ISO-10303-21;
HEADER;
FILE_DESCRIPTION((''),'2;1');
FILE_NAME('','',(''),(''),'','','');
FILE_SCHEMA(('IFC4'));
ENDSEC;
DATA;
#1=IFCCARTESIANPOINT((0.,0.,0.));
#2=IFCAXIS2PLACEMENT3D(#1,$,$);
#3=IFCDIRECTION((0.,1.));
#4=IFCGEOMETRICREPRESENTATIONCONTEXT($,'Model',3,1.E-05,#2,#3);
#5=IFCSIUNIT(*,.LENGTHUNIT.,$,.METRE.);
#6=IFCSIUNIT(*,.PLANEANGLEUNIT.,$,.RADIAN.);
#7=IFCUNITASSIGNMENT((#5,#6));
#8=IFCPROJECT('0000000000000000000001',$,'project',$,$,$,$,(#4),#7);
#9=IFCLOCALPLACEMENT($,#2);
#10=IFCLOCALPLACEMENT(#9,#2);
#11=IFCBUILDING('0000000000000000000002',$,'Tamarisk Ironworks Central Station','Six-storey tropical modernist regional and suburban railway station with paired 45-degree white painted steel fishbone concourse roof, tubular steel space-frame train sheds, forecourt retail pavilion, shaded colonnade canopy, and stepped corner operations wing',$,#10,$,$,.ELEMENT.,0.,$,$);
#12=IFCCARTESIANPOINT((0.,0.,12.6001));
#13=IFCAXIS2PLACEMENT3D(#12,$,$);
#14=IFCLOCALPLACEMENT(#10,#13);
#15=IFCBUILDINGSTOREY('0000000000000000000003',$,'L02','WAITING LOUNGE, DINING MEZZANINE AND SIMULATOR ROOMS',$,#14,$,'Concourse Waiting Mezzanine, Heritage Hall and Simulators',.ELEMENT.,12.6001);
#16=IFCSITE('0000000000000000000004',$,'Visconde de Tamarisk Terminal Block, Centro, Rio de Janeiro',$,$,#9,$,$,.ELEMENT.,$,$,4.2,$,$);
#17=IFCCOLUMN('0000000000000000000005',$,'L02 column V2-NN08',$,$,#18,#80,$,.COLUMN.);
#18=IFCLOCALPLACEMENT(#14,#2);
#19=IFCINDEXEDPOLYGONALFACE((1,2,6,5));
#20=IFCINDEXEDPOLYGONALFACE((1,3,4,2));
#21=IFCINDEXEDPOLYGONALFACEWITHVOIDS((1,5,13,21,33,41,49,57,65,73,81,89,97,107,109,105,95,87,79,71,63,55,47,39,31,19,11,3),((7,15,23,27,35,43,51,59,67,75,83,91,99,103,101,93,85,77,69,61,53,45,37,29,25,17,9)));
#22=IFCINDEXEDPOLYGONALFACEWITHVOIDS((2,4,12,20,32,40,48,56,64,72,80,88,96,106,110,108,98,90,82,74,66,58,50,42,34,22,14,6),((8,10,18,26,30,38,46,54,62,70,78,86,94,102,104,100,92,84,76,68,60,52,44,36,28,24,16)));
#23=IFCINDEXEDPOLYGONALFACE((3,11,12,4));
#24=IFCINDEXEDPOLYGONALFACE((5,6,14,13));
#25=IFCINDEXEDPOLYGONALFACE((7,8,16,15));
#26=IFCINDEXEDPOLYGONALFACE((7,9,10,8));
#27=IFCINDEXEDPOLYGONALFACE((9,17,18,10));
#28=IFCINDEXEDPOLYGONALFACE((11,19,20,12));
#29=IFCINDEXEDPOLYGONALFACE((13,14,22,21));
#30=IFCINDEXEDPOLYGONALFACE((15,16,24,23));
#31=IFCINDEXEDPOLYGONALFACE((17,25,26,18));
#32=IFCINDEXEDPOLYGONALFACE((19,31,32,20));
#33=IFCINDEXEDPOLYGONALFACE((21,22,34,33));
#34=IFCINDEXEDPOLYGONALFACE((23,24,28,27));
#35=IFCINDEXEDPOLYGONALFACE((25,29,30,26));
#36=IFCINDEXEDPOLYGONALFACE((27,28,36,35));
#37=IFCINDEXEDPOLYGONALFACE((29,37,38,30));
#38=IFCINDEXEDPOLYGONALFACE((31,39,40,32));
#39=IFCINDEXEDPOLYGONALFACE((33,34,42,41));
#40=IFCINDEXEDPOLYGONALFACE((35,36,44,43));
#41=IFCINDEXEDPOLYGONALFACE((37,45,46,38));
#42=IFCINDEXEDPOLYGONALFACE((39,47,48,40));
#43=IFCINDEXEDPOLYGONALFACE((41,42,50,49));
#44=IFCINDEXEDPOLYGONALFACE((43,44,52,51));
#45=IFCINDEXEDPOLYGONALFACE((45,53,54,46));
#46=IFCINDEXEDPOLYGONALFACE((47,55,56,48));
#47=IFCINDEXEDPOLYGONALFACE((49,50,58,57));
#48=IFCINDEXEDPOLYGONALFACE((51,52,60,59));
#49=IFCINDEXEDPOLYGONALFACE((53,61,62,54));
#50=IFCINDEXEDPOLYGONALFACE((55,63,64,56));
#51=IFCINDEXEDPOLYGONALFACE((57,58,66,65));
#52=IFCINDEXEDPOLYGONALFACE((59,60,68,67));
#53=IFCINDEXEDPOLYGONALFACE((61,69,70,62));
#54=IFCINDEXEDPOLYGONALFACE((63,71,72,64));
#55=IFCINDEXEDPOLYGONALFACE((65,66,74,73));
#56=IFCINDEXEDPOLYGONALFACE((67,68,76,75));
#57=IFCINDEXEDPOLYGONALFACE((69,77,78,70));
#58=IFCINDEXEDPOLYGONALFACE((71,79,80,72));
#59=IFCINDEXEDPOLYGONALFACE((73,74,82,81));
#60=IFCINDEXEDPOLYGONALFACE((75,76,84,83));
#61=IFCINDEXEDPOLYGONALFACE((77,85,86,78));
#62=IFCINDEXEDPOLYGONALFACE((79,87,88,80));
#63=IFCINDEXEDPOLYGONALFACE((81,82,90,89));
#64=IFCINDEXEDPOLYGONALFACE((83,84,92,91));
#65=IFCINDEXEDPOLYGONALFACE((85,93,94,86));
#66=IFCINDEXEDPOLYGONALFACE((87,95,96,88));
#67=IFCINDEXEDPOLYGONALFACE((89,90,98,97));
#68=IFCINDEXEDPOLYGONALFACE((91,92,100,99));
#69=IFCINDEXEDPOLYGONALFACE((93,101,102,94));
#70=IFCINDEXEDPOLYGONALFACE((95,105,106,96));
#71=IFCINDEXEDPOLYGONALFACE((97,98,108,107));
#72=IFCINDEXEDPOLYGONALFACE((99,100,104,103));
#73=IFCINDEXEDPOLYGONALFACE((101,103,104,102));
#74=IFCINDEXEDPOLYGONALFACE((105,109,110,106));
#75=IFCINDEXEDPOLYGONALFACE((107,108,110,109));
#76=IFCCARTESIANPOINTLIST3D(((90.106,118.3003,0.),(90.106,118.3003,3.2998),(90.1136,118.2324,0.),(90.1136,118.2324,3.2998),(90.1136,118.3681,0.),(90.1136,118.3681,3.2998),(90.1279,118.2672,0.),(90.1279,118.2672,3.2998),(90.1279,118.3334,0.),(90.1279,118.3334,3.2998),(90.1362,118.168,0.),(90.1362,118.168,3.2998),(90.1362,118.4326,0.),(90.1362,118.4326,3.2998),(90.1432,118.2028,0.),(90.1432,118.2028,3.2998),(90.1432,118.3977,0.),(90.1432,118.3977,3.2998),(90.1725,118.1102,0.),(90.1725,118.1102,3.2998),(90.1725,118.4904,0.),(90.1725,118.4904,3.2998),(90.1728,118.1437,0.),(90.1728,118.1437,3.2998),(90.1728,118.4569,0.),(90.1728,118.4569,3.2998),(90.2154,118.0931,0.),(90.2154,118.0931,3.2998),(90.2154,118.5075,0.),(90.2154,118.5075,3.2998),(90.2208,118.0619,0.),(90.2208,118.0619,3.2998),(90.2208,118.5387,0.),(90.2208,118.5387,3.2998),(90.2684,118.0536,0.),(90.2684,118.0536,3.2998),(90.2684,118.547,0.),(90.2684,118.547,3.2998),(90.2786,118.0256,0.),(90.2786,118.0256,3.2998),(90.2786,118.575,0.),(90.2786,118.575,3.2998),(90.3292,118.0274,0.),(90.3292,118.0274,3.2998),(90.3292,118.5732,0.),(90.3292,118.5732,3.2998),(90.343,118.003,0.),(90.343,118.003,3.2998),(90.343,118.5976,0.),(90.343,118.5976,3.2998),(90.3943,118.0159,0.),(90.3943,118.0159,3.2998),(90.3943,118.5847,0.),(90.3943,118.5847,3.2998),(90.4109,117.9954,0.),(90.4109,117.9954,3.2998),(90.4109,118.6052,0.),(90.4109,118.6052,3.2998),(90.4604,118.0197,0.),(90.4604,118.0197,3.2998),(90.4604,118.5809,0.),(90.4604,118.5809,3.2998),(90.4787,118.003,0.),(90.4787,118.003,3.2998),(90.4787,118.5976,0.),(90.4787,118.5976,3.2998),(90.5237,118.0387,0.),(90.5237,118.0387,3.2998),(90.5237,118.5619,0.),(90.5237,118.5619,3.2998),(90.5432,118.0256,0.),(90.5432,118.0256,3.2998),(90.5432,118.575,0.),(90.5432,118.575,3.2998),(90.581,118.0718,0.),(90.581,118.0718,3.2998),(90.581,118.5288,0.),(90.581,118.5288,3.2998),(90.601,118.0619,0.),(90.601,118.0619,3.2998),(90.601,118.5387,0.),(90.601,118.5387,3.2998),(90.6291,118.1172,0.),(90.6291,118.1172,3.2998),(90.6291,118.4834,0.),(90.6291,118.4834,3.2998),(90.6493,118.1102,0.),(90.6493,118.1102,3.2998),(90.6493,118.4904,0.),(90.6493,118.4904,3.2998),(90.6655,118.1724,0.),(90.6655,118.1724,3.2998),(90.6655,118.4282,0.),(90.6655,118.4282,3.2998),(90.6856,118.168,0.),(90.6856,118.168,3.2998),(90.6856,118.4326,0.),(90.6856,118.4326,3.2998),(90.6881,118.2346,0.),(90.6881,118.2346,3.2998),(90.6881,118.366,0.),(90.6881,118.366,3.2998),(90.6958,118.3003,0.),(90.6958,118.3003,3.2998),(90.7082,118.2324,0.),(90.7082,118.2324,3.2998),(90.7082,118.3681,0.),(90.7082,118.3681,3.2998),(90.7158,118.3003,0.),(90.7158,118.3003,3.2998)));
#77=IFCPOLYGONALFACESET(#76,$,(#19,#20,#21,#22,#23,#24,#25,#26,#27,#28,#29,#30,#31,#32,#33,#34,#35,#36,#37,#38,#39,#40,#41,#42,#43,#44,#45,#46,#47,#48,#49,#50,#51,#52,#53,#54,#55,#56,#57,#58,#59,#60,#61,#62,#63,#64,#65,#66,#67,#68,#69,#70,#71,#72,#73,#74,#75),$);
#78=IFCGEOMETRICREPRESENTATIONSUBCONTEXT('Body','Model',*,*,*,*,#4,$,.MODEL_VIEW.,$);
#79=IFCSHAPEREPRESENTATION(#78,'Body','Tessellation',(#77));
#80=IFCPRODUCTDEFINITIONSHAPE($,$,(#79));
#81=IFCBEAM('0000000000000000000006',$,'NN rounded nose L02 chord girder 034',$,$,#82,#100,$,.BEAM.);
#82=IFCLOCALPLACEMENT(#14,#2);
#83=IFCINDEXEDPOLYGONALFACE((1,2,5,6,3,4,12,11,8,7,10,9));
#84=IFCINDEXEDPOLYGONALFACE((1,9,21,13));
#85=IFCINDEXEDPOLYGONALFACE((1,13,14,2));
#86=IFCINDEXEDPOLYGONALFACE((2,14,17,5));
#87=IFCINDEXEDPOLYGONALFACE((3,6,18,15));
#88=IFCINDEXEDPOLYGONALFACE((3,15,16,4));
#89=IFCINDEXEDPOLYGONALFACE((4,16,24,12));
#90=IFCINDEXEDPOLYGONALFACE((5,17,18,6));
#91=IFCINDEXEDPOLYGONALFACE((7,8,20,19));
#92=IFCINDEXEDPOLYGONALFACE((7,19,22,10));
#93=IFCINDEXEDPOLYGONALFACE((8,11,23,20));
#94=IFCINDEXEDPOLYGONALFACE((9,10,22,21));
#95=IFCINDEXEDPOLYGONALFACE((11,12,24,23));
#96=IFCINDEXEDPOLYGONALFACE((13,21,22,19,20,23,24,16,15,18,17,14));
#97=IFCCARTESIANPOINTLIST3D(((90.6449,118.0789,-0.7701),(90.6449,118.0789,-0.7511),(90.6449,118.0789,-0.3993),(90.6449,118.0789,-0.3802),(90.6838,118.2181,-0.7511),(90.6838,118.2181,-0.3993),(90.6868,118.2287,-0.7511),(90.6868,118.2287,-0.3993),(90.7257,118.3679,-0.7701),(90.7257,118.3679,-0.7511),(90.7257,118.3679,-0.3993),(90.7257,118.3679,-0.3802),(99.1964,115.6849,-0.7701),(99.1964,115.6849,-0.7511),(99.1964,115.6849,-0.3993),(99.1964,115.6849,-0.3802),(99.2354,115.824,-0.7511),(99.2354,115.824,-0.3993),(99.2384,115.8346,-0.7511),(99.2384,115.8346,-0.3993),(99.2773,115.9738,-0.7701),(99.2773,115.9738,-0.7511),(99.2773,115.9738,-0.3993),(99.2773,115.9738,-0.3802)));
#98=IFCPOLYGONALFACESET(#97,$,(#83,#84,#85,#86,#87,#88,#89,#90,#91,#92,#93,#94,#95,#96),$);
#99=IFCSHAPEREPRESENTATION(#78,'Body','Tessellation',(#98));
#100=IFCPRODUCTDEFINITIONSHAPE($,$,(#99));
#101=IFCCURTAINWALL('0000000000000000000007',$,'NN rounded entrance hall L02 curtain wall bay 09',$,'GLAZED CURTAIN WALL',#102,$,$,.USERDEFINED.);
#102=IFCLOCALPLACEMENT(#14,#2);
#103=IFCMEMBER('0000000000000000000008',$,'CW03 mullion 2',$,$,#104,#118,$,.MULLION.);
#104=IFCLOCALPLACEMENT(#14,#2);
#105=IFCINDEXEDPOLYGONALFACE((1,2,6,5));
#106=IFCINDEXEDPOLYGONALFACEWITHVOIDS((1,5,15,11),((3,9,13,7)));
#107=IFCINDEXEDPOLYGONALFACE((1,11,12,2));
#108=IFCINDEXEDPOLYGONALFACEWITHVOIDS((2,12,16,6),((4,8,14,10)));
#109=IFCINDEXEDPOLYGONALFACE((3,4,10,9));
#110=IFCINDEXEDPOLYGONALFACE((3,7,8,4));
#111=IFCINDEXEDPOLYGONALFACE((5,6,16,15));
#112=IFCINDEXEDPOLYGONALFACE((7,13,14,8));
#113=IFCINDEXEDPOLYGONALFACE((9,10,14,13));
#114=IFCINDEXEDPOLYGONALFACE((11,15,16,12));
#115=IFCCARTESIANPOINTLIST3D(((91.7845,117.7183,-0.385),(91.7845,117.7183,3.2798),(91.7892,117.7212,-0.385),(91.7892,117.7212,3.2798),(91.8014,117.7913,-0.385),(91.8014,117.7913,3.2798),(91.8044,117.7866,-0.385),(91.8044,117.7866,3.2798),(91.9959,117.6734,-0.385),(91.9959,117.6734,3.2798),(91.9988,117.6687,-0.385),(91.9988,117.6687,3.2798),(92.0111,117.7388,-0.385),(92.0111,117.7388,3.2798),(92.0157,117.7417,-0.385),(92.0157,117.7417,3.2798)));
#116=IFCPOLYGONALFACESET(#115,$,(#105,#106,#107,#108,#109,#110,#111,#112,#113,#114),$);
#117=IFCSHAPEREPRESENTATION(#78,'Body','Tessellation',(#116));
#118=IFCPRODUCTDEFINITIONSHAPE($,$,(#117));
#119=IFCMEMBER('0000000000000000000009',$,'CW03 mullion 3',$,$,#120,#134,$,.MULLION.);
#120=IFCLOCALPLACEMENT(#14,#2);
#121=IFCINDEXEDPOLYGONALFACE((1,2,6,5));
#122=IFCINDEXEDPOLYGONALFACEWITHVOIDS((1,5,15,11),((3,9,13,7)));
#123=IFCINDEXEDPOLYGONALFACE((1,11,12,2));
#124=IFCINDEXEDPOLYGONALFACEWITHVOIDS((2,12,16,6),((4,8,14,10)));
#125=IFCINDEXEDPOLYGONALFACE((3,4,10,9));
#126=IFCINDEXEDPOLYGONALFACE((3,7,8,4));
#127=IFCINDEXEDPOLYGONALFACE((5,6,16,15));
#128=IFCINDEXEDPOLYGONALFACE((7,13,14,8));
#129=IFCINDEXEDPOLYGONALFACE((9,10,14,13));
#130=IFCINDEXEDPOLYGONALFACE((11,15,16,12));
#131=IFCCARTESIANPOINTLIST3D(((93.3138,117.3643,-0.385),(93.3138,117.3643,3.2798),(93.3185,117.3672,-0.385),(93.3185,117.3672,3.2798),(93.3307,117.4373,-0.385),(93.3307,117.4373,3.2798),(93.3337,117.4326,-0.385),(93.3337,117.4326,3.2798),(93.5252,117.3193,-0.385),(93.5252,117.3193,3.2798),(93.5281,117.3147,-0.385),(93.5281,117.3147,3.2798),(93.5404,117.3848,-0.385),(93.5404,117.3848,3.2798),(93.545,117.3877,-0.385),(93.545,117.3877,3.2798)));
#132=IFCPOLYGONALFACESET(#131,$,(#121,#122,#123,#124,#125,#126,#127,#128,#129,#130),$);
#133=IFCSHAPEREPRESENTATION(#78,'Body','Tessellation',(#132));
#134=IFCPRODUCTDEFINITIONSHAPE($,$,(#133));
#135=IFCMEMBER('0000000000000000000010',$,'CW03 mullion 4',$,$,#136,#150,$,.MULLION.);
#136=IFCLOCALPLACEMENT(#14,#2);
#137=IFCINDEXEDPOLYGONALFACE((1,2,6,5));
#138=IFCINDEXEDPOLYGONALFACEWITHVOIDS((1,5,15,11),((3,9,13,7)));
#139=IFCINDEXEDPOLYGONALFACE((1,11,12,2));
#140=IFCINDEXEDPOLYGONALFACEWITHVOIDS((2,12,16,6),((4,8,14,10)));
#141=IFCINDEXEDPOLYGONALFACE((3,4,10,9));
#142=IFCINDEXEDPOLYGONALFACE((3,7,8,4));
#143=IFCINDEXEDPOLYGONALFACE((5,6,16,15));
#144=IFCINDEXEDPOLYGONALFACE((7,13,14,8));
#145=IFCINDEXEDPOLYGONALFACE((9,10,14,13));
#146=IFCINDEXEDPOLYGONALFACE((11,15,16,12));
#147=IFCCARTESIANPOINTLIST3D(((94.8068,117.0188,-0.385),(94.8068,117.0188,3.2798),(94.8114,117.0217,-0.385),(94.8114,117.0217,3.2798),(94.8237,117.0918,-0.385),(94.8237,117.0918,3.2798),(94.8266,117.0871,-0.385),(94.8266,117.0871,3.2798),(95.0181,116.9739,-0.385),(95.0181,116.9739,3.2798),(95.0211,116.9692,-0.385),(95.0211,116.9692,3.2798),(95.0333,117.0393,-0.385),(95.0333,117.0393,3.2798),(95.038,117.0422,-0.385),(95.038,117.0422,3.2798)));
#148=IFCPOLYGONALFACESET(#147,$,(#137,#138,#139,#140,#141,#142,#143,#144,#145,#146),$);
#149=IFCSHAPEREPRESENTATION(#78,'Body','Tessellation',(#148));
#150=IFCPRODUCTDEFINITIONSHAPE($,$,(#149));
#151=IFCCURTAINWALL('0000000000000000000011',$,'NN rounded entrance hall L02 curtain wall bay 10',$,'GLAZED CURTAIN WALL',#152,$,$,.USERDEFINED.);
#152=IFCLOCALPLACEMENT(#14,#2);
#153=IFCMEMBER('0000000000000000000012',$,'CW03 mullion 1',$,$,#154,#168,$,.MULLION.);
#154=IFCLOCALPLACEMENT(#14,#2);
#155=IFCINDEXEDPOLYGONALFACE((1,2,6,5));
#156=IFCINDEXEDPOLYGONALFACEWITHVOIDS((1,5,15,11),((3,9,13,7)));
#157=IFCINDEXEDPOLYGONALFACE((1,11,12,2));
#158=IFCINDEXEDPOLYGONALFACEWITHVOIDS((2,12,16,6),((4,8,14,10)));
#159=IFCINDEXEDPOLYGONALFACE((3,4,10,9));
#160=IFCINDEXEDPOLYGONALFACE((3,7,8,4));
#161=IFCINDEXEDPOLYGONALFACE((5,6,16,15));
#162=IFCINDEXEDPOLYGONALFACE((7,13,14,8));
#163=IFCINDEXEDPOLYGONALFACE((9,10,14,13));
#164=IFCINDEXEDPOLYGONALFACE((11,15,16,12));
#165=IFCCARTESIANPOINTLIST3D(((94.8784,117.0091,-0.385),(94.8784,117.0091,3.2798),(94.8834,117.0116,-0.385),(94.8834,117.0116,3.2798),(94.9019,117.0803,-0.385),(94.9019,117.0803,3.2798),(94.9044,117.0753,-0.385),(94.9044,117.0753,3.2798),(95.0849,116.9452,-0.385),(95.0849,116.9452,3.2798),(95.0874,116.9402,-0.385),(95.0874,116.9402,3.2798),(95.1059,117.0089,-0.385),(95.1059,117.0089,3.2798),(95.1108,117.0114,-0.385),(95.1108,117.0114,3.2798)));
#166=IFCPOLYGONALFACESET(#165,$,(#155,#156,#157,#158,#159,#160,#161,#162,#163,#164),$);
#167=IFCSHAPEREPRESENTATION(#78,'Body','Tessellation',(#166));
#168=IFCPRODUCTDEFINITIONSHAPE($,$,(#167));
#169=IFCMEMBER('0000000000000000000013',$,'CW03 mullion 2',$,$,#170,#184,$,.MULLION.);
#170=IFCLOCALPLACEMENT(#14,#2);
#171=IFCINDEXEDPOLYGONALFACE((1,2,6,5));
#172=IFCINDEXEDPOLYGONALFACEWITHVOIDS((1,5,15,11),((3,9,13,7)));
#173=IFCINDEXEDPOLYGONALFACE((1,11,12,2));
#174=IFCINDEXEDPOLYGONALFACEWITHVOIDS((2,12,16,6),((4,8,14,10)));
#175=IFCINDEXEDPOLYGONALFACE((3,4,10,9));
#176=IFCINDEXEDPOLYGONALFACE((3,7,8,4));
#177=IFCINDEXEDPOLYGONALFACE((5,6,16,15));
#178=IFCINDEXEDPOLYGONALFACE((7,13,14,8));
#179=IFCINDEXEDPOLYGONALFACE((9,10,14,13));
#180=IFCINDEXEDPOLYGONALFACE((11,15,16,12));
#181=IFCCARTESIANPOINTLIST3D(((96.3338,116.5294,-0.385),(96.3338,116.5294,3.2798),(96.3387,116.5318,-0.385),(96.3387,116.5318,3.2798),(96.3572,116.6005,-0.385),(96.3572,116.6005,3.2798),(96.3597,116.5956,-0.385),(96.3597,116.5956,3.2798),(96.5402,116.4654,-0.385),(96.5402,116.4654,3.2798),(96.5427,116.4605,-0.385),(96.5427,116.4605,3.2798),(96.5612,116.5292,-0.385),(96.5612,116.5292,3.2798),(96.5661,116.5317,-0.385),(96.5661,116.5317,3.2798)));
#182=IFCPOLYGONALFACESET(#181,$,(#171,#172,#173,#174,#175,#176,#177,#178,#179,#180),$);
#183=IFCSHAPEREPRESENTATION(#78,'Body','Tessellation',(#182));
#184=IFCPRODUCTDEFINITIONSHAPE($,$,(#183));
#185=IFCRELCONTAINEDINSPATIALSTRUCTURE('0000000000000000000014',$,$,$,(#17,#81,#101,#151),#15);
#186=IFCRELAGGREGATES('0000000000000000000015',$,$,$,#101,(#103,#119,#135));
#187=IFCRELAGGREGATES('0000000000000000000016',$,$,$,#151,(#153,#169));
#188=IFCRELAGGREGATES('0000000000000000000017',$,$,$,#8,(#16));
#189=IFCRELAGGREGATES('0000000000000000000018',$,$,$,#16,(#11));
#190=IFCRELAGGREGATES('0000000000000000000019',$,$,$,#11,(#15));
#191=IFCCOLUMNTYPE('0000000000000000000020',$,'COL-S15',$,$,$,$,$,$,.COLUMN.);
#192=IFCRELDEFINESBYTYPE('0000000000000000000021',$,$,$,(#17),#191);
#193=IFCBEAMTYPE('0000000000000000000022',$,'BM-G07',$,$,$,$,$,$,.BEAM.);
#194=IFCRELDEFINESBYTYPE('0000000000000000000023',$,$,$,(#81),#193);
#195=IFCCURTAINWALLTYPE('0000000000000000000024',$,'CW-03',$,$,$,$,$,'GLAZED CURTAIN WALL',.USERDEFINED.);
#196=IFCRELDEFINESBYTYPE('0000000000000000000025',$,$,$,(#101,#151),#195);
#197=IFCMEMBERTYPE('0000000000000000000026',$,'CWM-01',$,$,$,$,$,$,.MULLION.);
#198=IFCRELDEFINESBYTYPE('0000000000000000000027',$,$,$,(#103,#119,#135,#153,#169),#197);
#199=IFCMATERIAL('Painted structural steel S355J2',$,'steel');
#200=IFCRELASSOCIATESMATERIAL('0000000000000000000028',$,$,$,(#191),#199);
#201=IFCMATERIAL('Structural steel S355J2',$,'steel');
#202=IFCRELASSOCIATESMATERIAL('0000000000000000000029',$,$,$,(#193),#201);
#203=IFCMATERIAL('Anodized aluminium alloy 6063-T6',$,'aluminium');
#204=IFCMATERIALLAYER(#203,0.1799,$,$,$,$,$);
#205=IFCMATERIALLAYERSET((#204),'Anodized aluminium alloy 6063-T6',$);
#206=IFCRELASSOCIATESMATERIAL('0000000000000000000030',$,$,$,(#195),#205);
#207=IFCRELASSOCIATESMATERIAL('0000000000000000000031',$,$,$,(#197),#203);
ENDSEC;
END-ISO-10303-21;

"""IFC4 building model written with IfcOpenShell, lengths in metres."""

from ifc_helpers import new_model, si_unit, direction, frame, origin, origin_2d, place, context, subcontext, project, spatial, hollow_rectangle, hollow_circle, i_section, extrude, material, layer, layer_set, material_profile, profile_set, type_object, element, aggregate, save


model = new_model("IFC4")

# Units and contexts
model_context = context("Model", 3, precision=1e-05, world=origin(), true_north=direction((0.0, 1.0)))
body_context = subcontext(model_context, "Body", "Model", "MODEL_VIEW")
ifc_project = project(units=[si_unit("LENGTHUNIT", "METRE"), si_unit("PLANEANGLEUNIT", "RADIAN")], contexts=[model_context])

# Site, building, storey
site_placement = place(None, origin())
site = spatial("IfcSite", under=ifc_project, at=site_placement, Name="Visconde de Tamarisk Terminal Block, Centro, Rio de Janeiro", CompositionType="ELEMENT", RefElevation=4.2)
building_placement = place(site_placement, origin())
building = spatial("IfcBuilding", under=site, at=building_placement, Name="Tamarisk Ironworks Central Station", Description="Six-storey tropical modernist regional and suburban railway station with paired 45-degree white painted steel fishbone concourse roof, tubular steel space-frame train sheds, forecourt retail pavilion, shaded colonnade canopy, and stepped corner operations wing", CompositionType="ELEMENT", ElevationOfRefHeight=0.0)
storey_placement = place(building_placement, frame((0.0, 0.0, 12.6001)))
storey = spatial("IfcBuildingStorey", under=building, at=storey_placement, Name="L02", Description="WAITING LOUNGE, DINING MEZZANINE AND SIMULATOR ROOMS", LongName="Concourse Waiting Mezzanine, Heritage Hall and Simulators", CompositionType="ELEMENT", Elevation=12.6001)

# Column
ifc_material_1 = material(Name="Painted structural steel S355J2", Category="steel")
ifc_material_profile_1 = material_profile(ifc_material_1, hollow_circle(Radius=0.3049, WallThickness=0.02, at=origin_2d()), Name="CHS 610x20")
ifc_profile_set_1 = profile_set([ifc_material_profile_1], Name="Painted structural steel S355J2")
column_type = type_object("IfcColumnType", Name="COL-S15", PredefinedType="COLUMN", material=ifc_profile_set_1)
column_placement = place(storey_placement, frame((90.4109, 118.3003, 0.0), z_axis=(0.0, 0.0, 1.0), x_axis=(1.0, 0.0, 0.0)))
element("IfcColumn", 1, at=column_placement, inside=storey, type_object=column_type, Name="L02 column V2-NN08", PredefinedType="COLUMN", context=body_context, shape_type="SweptSolid", body=[
    extrude(hollow_circle(Radius=0.3049, WallThickness=0.02, at=origin_2d()), origin(), (0.0, 0.0, 1.0), 3.2998),
])

# Beam
ifc_material_2 = material(Name="Structural steel S355J2", Category="steel")
ifc_material_profile_2 = material_profile(ifc_material_2, i_section(OverallWidth=0.3, OverallDepth=0.3899, WebThickness=0.011, FlangeThickness=0.019, at=origin_2d()), Name="HEA 400")
ifc_profile_set_2 = profile_set([ifc_material_profile_2], Name="Structural steel S355J2")
beam_type = type_object("IfcBeamType", Name="BM-G07", PredefinedType="BEAM", material=ifc_profile_set_2)
beam_placement = place(storey_placement, frame((90.6853, 118.2234, -0.5752), z_axis=(0.962975, -0.26959, 0.0), x_axis=(0.26959, 0.962975, 0.0)))
element("IfcBeam", 2, at=beam_placement, inside=storey, type_object=beam_type, Name="NN rounded nose L02 chord girder 034", PredefinedType="BEAM", context=body_context, shape_type="SweptSolid", body=[
    extrude(i_section(OverallWidth=0.3, OverallDepth=0.3899, WebThickness=0.011, FlangeThickness=0.019, at=origin_2d()), origin(), (0.0, 0.0, 1.0), 8.8804),
])

# Curtain walls, members
ifc_material_3 = material(Name="Anodized aluminium alloy 6063-T6", Category="aluminium")
ifc_layer_1 = layer(ifc_material_3, 0.1799)
ifc_layer_set_1 = layer_set([ifc_layer_1], Name="Anodized aluminium alloy 6063-T6")
curtain_wall_type = type_object("IfcCurtainWallType", Name="CW-03", ElementType="GLAZED CURTAIN WALL", PredefinedType="USERDEFINED", material=ifc_layer_set_1)
curtain_wall_1_placement = place(storey_placement, origin())
curtain_wall_1 = element("IfcCurtainWall", 3, at=curtain_wall_1_placement, inside=storey, type_object=curtain_wall_type, Name="NN rounded entrance hall L02 curtain wall bay 09", ObjectType="GLAZED CURTAIN WALL", PredefinedType="USERDEFINED")
ifc_material_profile_3 = material_profile(ifc_material_3, hollow_rectangle(XDim=0.075, YDim=0.22, WallThickness=0.0039, at=origin_2d()), Name="ALUM 220x75")
ifc_profile_set_3 = profile_set([ifc_material_profile_3], Name="Anodized aluminium alloy 6063-T6")
member_type_1 = type_object("IfcMemberType", Name="CWM-01", PredefinedType="MULLION", material=ifc_profile_set_3)
member_1_placement = place(storey_placement, frame((91.9001, 117.73, -0.385), z_axis=(0.0, 0.0, 1.0), x_axis=(0.225517, 0.974239, 0.0)))
member_1 = element("IfcMember", 4, at=member_1_placement, type_object=member_type_1, Name="CW03 mullion 2", PredefinedType="MULLION", context=body_context, shape_type="SweptSolid", body=[
    extrude(hollow_rectangle(XDim=0.075, YDim=0.22, WallThickness=0.0039, at=origin_2d()), origin(), (0.0, 0.0, 1.0), 3.6648),
])
member_2_placement = place(storey_placement, frame((93.4294, 117.376, -0.385), z_axis=(0.0, 0.0, 1.0), x_axis=(0.225517, 0.974239, 0.0)))
member_2 = element("IfcMember", 5, at=member_2_placement, type_object=member_type_1, Name="CW03 mullion 3", PredefinedType="MULLION", context=body_context, shape_type="SweptSolid", body=[
    extrude(hollow_rectangle(XDim=0.075, YDim=0.22, WallThickness=0.0039, at=origin_2d()), origin(), (0.0, 0.0, 1.0), 3.6648),
])
member_3_placement = place(storey_placement, frame((94.9224, 117.0305, -0.385), z_axis=(0.0, 0.0, 1.0), x_axis=(0.225517, 0.974239, 0.0)))
member_3 = element("IfcMember", 6, at=member_3_placement, type_object=member_type_1, Name="CW03 mullion 4", PredefinedType="MULLION", context=body_context, shape_type="SweptSolid", body=[
    extrude(hollow_rectangle(XDim=0.075, YDim=0.22, WallThickness=0.0039, at=origin_2d()), origin(), (0.0, 0.0, 1.0), 3.6648),
])
curtain_wall_2_placement = place(storey_placement, origin())
curtain_wall_2 = element("IfcCurtainWall", 7, at=curtain_wall_2_placement, inside=storey, type_object=curtain_wall_type, Name="NN rounded entrance hall L02 curtain wall bay 10", ObjectType="GLAZED CURTAIN WALL", PredefinedType="USERDEFINED")
member_4_placement = place(storey_placement, frame((94.9946, 117.0103, -0.385), z_axis=(0.0, 0.0, 1.0), x_axis=(0.313098, 0.949721, 0.0)))
member_4 = element("IfcMember", 8, at=member_4_placement, type_object=member_type_1, Name="CW03 mullion 1", PredefinedType="MULLION", context=body_context, shape_type="SweptSolid", body=[
    extrude(hollow_rectangle(XDim=0.075, YDim=0.22, WallThickness=0.0039, at=origin_2d()), origin(), (0.0, 0.0, 1.0), 3.6648),
])
member_5_placement = place(storey_placement, frame((96.45, 116.5305, -0.385), z_axis=(0.0, 0.0, 1.0), x_axis=(0.313098, 0.949721, 0.0)))
member_5 = element("IfcMember", 9, at=member_5_placement, type_object=member_type_1, Name="CW03 mullion 2", PredefinedType="MULLION", context=body_context, shape_type="SweptSolid", body=[
    extrude(hollow_rectangle(XDim=0.075, YDim=0.22, WallThickness=0.0039, at=origin_2d()), origin(), (0.0, 0.0, 1.0), 3.6648),
])

aggregate(curtain_wall_1, [member_1, member_2, member_3])
aggregate(curtain_wall_2, [member_4, member_5])

save(model, "model.ifc")
